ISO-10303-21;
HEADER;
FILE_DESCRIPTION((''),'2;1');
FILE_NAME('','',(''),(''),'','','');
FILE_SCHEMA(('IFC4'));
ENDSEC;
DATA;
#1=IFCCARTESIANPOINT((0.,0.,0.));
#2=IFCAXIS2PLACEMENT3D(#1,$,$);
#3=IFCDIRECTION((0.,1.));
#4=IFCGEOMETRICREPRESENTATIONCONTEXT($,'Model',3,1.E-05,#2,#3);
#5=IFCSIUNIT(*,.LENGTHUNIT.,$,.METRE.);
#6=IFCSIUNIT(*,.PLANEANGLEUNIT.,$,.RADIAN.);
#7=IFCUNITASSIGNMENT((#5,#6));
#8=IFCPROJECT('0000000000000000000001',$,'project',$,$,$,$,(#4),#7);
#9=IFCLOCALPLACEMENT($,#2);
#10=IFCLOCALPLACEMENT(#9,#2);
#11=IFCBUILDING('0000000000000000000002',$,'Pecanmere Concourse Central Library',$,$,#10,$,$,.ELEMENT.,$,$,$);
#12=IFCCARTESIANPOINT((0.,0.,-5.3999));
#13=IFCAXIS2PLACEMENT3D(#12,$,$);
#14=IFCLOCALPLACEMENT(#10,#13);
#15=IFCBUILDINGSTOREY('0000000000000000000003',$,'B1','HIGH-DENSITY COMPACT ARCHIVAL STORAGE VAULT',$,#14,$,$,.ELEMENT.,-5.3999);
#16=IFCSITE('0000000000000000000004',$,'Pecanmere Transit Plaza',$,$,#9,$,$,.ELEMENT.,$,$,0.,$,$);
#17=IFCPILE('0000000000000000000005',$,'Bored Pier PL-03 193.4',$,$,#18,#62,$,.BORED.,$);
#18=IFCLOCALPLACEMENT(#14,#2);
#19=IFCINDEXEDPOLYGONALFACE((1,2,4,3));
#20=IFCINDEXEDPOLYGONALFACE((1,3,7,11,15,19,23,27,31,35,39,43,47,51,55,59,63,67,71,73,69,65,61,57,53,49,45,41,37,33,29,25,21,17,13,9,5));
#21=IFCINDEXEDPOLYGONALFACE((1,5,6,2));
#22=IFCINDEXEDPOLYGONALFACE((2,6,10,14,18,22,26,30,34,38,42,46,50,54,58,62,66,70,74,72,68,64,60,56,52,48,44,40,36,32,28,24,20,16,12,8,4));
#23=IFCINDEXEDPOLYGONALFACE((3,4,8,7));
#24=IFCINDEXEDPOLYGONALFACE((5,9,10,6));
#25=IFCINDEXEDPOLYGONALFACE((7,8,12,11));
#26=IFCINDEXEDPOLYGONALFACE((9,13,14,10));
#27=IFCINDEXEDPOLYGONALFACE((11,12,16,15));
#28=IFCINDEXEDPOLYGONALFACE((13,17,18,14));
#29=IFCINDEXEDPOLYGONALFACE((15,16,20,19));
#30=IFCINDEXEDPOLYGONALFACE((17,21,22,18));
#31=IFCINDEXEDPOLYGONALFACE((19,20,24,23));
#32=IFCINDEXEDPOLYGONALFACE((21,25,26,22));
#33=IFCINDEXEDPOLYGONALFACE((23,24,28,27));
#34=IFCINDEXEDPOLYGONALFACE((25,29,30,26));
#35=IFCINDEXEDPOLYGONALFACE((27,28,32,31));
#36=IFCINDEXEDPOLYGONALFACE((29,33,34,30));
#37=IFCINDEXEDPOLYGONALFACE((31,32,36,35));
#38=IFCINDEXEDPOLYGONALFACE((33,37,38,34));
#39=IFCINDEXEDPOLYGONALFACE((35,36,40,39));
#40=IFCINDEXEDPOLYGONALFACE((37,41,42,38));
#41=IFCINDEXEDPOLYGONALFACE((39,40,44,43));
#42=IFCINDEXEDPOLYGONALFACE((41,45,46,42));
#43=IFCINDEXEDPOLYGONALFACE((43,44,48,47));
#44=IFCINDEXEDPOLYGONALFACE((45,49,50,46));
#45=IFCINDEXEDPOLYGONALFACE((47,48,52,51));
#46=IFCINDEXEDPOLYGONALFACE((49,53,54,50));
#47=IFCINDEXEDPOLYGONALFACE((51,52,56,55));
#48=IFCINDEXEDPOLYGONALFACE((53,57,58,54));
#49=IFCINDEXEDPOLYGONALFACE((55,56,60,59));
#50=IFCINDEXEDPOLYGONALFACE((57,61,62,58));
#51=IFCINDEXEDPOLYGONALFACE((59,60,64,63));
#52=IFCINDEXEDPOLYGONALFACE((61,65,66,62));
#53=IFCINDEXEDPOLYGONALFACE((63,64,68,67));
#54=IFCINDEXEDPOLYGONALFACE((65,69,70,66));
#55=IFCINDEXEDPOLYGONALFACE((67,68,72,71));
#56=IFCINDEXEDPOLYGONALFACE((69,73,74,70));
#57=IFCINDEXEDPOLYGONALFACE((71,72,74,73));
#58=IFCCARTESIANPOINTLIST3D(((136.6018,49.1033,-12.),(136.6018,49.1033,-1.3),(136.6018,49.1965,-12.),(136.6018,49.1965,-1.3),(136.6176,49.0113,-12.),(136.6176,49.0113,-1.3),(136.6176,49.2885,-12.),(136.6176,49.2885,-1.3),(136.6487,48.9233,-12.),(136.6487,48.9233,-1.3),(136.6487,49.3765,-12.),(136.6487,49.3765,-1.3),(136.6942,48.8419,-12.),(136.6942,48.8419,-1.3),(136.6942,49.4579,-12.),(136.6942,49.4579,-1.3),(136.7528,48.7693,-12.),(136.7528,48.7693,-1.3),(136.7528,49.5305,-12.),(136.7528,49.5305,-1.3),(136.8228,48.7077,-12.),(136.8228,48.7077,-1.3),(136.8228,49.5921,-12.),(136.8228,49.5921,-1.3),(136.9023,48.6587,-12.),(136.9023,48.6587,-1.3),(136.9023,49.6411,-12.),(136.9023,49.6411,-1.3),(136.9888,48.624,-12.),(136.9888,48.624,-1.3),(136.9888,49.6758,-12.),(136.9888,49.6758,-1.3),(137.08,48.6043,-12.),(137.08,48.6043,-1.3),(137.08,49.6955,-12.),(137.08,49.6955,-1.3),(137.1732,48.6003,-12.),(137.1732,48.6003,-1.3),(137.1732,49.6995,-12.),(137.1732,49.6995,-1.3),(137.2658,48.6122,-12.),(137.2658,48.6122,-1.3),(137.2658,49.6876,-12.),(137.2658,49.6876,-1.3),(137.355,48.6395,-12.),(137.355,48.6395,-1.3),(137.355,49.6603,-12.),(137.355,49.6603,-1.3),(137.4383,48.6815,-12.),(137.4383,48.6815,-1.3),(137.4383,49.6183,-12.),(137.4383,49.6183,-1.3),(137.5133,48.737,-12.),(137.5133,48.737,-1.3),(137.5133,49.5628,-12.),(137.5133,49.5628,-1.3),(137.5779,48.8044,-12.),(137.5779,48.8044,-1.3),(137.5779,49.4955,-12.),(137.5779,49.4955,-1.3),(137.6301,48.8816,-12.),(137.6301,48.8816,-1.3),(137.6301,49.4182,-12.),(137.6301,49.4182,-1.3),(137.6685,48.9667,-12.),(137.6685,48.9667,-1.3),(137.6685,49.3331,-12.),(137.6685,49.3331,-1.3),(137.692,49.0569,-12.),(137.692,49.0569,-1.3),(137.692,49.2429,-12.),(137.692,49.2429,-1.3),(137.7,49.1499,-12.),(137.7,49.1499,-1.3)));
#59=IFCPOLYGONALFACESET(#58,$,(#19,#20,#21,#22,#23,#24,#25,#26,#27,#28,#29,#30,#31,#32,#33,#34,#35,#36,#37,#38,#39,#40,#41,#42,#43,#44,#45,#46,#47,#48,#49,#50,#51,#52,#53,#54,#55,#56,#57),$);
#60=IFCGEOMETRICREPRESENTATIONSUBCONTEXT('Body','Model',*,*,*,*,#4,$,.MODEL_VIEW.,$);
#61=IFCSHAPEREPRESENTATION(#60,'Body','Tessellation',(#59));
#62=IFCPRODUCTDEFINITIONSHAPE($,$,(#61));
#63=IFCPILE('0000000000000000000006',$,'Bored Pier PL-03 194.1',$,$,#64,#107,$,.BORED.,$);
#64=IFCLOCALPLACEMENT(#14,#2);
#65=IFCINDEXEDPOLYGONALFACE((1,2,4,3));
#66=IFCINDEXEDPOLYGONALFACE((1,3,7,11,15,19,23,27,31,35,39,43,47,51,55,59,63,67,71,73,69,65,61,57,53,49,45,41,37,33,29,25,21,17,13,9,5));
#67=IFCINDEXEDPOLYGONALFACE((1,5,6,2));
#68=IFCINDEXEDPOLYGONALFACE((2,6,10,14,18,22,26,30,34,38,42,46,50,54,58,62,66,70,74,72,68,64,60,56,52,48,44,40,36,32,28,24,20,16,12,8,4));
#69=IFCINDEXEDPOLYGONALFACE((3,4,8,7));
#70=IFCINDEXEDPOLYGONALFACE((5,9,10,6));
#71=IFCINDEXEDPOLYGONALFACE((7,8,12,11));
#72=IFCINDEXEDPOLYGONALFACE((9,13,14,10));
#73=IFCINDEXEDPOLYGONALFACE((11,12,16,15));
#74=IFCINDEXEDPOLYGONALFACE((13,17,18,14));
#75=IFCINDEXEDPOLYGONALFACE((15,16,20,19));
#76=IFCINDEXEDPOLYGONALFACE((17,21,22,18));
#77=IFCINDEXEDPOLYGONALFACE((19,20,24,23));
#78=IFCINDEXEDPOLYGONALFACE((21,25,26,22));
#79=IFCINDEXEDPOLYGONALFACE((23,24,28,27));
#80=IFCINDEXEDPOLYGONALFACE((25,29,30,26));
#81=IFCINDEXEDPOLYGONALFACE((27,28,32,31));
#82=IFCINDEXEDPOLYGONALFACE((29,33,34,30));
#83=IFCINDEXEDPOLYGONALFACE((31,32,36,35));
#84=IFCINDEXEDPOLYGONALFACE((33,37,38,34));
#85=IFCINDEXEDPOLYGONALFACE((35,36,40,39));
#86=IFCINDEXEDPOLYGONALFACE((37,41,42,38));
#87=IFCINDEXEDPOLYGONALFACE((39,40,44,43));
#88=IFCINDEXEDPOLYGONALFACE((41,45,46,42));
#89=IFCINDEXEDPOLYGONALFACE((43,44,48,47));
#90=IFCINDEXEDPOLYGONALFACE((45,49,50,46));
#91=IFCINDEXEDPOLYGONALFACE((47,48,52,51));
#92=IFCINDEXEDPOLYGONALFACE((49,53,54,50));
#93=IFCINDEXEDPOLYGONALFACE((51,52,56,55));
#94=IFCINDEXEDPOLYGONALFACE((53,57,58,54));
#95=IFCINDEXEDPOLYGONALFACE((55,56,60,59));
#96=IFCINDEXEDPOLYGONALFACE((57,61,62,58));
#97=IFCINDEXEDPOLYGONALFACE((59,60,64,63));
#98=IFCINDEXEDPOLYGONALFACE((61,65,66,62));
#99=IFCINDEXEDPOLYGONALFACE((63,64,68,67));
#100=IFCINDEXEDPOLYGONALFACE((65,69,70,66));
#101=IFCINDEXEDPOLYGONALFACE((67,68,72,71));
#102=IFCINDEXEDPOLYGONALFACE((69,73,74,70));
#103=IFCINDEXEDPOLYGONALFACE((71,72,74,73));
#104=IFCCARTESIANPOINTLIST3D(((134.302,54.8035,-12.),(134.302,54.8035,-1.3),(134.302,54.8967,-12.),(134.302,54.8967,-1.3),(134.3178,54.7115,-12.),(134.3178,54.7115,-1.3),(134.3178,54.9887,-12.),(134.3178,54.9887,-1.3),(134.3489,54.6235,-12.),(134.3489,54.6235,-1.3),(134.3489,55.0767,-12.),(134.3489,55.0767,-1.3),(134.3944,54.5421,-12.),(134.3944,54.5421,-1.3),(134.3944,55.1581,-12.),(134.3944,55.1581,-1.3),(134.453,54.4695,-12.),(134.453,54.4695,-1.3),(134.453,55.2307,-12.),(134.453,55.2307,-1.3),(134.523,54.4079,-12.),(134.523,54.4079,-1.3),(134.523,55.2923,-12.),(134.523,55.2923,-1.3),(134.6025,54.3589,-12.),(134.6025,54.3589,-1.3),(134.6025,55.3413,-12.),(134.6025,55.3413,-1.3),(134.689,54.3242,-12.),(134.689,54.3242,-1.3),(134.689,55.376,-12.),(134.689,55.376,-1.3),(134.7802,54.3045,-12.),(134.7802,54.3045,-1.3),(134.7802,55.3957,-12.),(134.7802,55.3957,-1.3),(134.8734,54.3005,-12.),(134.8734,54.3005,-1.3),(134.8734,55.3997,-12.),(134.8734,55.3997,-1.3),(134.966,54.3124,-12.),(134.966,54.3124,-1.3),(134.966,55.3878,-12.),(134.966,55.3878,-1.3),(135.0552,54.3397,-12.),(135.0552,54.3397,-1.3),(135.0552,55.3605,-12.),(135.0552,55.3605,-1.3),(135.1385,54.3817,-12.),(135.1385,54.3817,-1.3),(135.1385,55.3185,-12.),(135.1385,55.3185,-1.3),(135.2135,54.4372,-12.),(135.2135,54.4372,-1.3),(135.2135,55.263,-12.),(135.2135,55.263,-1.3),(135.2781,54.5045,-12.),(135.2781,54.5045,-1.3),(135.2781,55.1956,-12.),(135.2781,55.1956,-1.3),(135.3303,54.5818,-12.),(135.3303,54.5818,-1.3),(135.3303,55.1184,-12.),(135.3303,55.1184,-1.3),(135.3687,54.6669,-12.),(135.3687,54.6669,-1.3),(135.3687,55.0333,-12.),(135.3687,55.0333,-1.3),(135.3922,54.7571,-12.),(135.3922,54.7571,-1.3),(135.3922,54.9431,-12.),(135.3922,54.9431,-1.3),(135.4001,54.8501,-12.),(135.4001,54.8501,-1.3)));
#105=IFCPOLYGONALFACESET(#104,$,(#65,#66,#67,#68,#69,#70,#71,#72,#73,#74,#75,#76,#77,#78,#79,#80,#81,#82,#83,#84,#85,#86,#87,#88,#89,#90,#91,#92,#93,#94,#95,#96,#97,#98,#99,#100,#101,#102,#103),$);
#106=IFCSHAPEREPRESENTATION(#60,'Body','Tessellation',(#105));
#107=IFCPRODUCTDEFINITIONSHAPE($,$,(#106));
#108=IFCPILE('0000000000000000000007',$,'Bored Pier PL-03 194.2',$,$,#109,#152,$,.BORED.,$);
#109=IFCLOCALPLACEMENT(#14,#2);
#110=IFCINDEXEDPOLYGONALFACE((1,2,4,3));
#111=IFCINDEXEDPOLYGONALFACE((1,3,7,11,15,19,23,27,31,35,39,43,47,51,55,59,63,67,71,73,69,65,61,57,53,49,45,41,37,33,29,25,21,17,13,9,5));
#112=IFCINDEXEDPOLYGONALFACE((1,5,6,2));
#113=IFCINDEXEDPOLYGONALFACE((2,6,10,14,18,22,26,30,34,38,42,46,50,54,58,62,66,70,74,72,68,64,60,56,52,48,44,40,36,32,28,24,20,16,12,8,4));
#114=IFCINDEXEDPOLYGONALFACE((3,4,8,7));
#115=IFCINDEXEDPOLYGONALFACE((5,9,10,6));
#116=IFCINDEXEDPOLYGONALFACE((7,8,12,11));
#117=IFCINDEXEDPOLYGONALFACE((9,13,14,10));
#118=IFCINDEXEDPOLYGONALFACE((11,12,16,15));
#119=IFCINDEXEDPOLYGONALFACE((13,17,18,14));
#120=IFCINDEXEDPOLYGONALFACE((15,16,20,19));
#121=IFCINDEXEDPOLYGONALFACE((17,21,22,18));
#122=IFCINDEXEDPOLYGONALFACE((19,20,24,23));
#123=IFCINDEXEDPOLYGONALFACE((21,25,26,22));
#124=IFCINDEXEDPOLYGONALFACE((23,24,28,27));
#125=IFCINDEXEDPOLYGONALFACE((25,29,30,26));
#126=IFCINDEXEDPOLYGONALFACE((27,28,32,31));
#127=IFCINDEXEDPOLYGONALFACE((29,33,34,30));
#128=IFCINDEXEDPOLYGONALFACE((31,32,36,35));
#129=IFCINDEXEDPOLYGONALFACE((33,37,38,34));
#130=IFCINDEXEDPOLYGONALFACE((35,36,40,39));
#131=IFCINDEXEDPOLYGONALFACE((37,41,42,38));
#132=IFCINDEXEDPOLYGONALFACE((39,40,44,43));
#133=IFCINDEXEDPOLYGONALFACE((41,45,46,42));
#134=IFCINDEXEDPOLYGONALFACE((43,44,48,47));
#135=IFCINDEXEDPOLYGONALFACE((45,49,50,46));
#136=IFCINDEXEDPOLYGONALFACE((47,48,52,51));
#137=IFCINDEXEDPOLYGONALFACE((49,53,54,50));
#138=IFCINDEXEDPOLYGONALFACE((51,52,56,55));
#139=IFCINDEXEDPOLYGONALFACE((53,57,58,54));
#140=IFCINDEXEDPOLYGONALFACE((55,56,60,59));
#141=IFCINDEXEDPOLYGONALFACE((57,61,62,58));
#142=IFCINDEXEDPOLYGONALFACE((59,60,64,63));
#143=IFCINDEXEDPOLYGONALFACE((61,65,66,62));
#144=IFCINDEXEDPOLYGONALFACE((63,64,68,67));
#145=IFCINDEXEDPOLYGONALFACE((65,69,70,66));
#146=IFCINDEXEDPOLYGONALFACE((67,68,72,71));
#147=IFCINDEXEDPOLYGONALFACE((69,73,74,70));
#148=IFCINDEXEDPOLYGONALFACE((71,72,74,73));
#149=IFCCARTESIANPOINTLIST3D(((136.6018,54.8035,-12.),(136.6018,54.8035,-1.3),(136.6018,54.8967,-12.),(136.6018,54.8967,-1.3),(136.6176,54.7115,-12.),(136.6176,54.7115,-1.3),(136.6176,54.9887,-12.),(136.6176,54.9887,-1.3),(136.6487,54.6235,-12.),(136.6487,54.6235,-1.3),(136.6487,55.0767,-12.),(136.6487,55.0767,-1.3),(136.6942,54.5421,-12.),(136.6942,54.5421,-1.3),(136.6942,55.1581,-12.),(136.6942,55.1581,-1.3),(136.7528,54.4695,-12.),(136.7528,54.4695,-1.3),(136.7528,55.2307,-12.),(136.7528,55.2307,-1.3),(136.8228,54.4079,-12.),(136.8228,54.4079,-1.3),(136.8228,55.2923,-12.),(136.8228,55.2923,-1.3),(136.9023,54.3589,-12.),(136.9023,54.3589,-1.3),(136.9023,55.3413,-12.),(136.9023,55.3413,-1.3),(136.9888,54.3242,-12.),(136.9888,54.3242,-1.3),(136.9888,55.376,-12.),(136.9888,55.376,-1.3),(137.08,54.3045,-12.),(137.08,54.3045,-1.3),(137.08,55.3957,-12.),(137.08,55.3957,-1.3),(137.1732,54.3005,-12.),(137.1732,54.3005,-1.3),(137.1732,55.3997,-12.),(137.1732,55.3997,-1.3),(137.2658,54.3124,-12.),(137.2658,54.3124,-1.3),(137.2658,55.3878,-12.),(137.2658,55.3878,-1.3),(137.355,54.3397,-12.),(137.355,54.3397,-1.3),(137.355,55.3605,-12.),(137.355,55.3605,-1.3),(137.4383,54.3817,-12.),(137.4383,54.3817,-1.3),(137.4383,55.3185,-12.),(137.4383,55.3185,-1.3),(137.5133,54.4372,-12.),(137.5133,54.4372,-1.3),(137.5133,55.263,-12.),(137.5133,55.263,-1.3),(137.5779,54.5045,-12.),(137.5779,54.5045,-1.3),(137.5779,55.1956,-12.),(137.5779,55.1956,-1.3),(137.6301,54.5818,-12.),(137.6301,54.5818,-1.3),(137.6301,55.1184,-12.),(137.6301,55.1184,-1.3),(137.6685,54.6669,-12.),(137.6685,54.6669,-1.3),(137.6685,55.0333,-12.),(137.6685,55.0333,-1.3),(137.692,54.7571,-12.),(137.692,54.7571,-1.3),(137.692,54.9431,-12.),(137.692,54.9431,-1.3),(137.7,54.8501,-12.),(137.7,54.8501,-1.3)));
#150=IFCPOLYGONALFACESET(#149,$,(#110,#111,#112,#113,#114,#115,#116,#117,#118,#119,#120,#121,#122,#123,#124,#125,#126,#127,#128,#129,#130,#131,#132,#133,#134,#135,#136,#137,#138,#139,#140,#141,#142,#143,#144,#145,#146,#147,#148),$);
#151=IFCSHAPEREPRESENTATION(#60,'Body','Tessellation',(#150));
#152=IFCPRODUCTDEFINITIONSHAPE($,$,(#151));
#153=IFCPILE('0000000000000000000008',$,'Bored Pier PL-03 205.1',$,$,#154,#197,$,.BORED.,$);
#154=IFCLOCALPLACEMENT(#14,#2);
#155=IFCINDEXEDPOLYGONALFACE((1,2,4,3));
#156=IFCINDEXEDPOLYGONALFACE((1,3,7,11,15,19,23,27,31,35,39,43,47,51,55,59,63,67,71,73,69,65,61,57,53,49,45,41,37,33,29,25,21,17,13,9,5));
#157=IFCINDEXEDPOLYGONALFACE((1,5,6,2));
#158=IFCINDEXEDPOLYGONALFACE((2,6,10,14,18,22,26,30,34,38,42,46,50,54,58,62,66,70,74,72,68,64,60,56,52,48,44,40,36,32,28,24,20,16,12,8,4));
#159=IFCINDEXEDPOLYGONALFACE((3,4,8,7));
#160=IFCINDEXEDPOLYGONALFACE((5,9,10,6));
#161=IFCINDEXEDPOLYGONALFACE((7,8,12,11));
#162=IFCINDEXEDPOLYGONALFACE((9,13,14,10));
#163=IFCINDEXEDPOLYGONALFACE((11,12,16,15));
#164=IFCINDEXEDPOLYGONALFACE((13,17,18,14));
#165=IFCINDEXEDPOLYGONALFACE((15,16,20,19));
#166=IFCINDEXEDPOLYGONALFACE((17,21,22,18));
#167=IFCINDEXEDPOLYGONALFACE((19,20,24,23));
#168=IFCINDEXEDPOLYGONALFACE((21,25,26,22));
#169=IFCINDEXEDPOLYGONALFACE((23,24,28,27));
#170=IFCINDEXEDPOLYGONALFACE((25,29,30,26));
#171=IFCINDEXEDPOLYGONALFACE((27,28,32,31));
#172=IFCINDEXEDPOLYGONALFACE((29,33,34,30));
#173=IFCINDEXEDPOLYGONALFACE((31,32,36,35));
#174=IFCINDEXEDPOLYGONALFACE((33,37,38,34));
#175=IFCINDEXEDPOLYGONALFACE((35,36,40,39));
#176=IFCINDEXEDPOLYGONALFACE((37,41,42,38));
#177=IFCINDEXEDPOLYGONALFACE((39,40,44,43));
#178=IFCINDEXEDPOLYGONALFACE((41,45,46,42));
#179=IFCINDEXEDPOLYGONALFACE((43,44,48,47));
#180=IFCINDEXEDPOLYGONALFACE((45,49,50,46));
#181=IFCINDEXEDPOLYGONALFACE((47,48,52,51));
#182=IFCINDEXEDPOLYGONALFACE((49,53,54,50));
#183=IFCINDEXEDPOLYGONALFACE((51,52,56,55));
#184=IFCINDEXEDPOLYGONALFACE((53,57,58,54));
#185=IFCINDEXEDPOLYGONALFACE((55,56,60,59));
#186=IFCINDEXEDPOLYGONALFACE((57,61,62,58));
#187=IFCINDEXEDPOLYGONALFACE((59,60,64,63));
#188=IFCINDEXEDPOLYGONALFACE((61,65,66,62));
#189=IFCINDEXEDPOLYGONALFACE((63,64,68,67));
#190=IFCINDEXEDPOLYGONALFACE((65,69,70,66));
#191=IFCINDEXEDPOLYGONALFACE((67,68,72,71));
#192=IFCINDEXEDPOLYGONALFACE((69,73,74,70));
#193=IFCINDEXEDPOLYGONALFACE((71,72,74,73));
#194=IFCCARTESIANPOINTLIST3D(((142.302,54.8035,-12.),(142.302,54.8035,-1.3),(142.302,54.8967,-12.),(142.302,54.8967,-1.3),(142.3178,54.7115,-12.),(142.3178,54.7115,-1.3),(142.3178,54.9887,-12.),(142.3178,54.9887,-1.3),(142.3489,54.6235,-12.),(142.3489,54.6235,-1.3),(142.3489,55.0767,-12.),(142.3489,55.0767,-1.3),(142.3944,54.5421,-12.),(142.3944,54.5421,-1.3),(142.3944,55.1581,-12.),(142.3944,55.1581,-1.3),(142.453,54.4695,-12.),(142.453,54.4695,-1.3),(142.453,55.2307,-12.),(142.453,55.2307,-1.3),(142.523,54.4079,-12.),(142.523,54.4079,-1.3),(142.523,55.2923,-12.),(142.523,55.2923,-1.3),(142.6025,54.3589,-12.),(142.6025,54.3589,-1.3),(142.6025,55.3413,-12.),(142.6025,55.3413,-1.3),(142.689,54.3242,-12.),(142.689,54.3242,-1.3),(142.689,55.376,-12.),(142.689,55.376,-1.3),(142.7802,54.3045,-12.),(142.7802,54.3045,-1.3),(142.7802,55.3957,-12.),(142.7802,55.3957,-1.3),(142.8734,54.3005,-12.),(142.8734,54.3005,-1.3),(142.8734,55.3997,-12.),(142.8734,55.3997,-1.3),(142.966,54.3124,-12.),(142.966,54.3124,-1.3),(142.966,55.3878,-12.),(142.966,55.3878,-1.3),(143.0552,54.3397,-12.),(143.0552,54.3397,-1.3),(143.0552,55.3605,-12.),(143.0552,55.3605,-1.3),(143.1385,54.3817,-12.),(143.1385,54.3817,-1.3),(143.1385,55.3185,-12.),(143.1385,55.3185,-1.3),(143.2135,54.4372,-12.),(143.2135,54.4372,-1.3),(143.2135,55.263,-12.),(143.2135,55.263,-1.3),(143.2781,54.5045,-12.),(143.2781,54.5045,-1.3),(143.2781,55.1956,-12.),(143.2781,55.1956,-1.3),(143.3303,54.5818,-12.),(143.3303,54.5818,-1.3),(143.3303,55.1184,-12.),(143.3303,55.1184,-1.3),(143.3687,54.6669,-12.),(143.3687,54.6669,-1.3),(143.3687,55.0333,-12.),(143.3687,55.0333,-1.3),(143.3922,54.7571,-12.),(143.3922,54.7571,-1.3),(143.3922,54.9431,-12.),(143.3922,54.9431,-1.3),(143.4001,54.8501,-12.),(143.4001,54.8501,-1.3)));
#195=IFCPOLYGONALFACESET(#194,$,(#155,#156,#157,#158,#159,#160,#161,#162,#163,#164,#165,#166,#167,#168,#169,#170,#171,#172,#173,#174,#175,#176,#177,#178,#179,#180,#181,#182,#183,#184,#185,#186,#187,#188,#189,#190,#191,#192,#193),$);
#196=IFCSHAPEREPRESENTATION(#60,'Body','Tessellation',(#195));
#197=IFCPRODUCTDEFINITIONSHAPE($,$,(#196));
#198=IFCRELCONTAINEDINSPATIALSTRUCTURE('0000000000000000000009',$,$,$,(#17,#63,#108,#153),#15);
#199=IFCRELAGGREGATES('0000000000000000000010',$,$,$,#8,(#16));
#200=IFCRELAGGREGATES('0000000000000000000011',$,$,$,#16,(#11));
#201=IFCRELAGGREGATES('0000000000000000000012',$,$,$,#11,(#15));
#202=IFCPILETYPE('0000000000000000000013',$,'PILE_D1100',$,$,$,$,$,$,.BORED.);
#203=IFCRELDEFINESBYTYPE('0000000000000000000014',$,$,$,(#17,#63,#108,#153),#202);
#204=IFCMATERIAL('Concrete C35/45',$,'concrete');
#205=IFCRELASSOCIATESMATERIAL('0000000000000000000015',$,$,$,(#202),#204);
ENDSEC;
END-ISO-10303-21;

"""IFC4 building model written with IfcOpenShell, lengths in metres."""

from ifc_helpers import new_model, si_unit, direction, frame, origin, origin_2d, place, context, subcontext, project, spatial, circle, extrude, material, material_profile, profile_set, type_object, element, save


model = new_model("IFC4")

# Units and contexts
model_context = context("Model", 3, precision=1e-05, world=origin(), true_north=direction((0.0, 1.0)))
body_context = subcontext(model_context, "Body", "Model", "MODEL_VIEW")
ifc_project = project(units=[si_unit("LENGTHUNIT", "METRE"), si_unit("PLANEANGLEUNIT", "RADIAN")], contexts=[model_context])

# Site, building, storey
site_placement = place(None, origin())
site = spatial("IfcSite", under=ifc_project, at=site_placement, Name="Pecanmere Transit Plaza", CompositionType="ELEMENT", RefElevation=0.0)
building_placement = place(site_placement, origin())
building = spatial("IfcBuilding", under=site, at=building_placement, Name="Pecanmere Concourse Central Library", CompositionType="ELEMENT")
storey_placement = place(building_placement, frame((0.0, 0.0, -5.3999)))
storey = spatial("IfcBuildingStorey", under=building, at=storey_placement, Name="B1", Description="HIGH-DENSITY COMPACT ARCHIVAL STORAGE VAULT", CompositionType="ELEMENT", Elevation=-5.3999)

# Piles
ifc_material_1 = material(Name="Concrete C35/45", Category="concrete")
ifc_material_profile_1 = material_profile(ifc_material_1, circle(Radius=0.55, at=origin_2d()), Name="PIER D1100")
ifc_profile_set_1 = profile_set([ifc_material_profile_1], Name="Concrete C35/45")
pile_type = type_object("IfcPileType", Name="PILE_D1100", PredefinedType="BORED", material=ifc_profile_set_1)
for number, where, z_axis, x_axis, name in (
    (1, (137.1499, 49.1499, -1.3), (0.0, 0.0, -1.0), (1.0, 0.0, 0.0), "Bored Pier PL-03 193.4"),
    (2, (134.8501, 54.8501, -1.3), (0.0, 0.0, -1.0), (1.0, 0.0, 0.0), "Bored Pier PL-03 194.1"),
    (3, (137.1499, 54.8501, -1.3), (0.0, 0.0, -1.0), (1.0, 0.0, 0.0), "Bored Pier PL-03 194.2"),
    (4, (142.8501, 54.8501, -1.3), (0.0, 0.0, -1.0), (1.0, 0.0, 0.0), "Bored Pier PL-03 205.1"),
):
    element("IfcPile", number, at=place(storey_placement, frame(where, z_axis=z_axis, x_axis=x_axis)), inside=storey, type_object=pile_type, Name=name, PredefinedType="BORED", context=body_context, shape_type="SweptSolid", body=[
        extrude(circle(Radius=0.55, at=origin_2d()), origin(), (0.0, 0.0, 1.0), 10.7),
    ])

save(model, "model.ifc")
